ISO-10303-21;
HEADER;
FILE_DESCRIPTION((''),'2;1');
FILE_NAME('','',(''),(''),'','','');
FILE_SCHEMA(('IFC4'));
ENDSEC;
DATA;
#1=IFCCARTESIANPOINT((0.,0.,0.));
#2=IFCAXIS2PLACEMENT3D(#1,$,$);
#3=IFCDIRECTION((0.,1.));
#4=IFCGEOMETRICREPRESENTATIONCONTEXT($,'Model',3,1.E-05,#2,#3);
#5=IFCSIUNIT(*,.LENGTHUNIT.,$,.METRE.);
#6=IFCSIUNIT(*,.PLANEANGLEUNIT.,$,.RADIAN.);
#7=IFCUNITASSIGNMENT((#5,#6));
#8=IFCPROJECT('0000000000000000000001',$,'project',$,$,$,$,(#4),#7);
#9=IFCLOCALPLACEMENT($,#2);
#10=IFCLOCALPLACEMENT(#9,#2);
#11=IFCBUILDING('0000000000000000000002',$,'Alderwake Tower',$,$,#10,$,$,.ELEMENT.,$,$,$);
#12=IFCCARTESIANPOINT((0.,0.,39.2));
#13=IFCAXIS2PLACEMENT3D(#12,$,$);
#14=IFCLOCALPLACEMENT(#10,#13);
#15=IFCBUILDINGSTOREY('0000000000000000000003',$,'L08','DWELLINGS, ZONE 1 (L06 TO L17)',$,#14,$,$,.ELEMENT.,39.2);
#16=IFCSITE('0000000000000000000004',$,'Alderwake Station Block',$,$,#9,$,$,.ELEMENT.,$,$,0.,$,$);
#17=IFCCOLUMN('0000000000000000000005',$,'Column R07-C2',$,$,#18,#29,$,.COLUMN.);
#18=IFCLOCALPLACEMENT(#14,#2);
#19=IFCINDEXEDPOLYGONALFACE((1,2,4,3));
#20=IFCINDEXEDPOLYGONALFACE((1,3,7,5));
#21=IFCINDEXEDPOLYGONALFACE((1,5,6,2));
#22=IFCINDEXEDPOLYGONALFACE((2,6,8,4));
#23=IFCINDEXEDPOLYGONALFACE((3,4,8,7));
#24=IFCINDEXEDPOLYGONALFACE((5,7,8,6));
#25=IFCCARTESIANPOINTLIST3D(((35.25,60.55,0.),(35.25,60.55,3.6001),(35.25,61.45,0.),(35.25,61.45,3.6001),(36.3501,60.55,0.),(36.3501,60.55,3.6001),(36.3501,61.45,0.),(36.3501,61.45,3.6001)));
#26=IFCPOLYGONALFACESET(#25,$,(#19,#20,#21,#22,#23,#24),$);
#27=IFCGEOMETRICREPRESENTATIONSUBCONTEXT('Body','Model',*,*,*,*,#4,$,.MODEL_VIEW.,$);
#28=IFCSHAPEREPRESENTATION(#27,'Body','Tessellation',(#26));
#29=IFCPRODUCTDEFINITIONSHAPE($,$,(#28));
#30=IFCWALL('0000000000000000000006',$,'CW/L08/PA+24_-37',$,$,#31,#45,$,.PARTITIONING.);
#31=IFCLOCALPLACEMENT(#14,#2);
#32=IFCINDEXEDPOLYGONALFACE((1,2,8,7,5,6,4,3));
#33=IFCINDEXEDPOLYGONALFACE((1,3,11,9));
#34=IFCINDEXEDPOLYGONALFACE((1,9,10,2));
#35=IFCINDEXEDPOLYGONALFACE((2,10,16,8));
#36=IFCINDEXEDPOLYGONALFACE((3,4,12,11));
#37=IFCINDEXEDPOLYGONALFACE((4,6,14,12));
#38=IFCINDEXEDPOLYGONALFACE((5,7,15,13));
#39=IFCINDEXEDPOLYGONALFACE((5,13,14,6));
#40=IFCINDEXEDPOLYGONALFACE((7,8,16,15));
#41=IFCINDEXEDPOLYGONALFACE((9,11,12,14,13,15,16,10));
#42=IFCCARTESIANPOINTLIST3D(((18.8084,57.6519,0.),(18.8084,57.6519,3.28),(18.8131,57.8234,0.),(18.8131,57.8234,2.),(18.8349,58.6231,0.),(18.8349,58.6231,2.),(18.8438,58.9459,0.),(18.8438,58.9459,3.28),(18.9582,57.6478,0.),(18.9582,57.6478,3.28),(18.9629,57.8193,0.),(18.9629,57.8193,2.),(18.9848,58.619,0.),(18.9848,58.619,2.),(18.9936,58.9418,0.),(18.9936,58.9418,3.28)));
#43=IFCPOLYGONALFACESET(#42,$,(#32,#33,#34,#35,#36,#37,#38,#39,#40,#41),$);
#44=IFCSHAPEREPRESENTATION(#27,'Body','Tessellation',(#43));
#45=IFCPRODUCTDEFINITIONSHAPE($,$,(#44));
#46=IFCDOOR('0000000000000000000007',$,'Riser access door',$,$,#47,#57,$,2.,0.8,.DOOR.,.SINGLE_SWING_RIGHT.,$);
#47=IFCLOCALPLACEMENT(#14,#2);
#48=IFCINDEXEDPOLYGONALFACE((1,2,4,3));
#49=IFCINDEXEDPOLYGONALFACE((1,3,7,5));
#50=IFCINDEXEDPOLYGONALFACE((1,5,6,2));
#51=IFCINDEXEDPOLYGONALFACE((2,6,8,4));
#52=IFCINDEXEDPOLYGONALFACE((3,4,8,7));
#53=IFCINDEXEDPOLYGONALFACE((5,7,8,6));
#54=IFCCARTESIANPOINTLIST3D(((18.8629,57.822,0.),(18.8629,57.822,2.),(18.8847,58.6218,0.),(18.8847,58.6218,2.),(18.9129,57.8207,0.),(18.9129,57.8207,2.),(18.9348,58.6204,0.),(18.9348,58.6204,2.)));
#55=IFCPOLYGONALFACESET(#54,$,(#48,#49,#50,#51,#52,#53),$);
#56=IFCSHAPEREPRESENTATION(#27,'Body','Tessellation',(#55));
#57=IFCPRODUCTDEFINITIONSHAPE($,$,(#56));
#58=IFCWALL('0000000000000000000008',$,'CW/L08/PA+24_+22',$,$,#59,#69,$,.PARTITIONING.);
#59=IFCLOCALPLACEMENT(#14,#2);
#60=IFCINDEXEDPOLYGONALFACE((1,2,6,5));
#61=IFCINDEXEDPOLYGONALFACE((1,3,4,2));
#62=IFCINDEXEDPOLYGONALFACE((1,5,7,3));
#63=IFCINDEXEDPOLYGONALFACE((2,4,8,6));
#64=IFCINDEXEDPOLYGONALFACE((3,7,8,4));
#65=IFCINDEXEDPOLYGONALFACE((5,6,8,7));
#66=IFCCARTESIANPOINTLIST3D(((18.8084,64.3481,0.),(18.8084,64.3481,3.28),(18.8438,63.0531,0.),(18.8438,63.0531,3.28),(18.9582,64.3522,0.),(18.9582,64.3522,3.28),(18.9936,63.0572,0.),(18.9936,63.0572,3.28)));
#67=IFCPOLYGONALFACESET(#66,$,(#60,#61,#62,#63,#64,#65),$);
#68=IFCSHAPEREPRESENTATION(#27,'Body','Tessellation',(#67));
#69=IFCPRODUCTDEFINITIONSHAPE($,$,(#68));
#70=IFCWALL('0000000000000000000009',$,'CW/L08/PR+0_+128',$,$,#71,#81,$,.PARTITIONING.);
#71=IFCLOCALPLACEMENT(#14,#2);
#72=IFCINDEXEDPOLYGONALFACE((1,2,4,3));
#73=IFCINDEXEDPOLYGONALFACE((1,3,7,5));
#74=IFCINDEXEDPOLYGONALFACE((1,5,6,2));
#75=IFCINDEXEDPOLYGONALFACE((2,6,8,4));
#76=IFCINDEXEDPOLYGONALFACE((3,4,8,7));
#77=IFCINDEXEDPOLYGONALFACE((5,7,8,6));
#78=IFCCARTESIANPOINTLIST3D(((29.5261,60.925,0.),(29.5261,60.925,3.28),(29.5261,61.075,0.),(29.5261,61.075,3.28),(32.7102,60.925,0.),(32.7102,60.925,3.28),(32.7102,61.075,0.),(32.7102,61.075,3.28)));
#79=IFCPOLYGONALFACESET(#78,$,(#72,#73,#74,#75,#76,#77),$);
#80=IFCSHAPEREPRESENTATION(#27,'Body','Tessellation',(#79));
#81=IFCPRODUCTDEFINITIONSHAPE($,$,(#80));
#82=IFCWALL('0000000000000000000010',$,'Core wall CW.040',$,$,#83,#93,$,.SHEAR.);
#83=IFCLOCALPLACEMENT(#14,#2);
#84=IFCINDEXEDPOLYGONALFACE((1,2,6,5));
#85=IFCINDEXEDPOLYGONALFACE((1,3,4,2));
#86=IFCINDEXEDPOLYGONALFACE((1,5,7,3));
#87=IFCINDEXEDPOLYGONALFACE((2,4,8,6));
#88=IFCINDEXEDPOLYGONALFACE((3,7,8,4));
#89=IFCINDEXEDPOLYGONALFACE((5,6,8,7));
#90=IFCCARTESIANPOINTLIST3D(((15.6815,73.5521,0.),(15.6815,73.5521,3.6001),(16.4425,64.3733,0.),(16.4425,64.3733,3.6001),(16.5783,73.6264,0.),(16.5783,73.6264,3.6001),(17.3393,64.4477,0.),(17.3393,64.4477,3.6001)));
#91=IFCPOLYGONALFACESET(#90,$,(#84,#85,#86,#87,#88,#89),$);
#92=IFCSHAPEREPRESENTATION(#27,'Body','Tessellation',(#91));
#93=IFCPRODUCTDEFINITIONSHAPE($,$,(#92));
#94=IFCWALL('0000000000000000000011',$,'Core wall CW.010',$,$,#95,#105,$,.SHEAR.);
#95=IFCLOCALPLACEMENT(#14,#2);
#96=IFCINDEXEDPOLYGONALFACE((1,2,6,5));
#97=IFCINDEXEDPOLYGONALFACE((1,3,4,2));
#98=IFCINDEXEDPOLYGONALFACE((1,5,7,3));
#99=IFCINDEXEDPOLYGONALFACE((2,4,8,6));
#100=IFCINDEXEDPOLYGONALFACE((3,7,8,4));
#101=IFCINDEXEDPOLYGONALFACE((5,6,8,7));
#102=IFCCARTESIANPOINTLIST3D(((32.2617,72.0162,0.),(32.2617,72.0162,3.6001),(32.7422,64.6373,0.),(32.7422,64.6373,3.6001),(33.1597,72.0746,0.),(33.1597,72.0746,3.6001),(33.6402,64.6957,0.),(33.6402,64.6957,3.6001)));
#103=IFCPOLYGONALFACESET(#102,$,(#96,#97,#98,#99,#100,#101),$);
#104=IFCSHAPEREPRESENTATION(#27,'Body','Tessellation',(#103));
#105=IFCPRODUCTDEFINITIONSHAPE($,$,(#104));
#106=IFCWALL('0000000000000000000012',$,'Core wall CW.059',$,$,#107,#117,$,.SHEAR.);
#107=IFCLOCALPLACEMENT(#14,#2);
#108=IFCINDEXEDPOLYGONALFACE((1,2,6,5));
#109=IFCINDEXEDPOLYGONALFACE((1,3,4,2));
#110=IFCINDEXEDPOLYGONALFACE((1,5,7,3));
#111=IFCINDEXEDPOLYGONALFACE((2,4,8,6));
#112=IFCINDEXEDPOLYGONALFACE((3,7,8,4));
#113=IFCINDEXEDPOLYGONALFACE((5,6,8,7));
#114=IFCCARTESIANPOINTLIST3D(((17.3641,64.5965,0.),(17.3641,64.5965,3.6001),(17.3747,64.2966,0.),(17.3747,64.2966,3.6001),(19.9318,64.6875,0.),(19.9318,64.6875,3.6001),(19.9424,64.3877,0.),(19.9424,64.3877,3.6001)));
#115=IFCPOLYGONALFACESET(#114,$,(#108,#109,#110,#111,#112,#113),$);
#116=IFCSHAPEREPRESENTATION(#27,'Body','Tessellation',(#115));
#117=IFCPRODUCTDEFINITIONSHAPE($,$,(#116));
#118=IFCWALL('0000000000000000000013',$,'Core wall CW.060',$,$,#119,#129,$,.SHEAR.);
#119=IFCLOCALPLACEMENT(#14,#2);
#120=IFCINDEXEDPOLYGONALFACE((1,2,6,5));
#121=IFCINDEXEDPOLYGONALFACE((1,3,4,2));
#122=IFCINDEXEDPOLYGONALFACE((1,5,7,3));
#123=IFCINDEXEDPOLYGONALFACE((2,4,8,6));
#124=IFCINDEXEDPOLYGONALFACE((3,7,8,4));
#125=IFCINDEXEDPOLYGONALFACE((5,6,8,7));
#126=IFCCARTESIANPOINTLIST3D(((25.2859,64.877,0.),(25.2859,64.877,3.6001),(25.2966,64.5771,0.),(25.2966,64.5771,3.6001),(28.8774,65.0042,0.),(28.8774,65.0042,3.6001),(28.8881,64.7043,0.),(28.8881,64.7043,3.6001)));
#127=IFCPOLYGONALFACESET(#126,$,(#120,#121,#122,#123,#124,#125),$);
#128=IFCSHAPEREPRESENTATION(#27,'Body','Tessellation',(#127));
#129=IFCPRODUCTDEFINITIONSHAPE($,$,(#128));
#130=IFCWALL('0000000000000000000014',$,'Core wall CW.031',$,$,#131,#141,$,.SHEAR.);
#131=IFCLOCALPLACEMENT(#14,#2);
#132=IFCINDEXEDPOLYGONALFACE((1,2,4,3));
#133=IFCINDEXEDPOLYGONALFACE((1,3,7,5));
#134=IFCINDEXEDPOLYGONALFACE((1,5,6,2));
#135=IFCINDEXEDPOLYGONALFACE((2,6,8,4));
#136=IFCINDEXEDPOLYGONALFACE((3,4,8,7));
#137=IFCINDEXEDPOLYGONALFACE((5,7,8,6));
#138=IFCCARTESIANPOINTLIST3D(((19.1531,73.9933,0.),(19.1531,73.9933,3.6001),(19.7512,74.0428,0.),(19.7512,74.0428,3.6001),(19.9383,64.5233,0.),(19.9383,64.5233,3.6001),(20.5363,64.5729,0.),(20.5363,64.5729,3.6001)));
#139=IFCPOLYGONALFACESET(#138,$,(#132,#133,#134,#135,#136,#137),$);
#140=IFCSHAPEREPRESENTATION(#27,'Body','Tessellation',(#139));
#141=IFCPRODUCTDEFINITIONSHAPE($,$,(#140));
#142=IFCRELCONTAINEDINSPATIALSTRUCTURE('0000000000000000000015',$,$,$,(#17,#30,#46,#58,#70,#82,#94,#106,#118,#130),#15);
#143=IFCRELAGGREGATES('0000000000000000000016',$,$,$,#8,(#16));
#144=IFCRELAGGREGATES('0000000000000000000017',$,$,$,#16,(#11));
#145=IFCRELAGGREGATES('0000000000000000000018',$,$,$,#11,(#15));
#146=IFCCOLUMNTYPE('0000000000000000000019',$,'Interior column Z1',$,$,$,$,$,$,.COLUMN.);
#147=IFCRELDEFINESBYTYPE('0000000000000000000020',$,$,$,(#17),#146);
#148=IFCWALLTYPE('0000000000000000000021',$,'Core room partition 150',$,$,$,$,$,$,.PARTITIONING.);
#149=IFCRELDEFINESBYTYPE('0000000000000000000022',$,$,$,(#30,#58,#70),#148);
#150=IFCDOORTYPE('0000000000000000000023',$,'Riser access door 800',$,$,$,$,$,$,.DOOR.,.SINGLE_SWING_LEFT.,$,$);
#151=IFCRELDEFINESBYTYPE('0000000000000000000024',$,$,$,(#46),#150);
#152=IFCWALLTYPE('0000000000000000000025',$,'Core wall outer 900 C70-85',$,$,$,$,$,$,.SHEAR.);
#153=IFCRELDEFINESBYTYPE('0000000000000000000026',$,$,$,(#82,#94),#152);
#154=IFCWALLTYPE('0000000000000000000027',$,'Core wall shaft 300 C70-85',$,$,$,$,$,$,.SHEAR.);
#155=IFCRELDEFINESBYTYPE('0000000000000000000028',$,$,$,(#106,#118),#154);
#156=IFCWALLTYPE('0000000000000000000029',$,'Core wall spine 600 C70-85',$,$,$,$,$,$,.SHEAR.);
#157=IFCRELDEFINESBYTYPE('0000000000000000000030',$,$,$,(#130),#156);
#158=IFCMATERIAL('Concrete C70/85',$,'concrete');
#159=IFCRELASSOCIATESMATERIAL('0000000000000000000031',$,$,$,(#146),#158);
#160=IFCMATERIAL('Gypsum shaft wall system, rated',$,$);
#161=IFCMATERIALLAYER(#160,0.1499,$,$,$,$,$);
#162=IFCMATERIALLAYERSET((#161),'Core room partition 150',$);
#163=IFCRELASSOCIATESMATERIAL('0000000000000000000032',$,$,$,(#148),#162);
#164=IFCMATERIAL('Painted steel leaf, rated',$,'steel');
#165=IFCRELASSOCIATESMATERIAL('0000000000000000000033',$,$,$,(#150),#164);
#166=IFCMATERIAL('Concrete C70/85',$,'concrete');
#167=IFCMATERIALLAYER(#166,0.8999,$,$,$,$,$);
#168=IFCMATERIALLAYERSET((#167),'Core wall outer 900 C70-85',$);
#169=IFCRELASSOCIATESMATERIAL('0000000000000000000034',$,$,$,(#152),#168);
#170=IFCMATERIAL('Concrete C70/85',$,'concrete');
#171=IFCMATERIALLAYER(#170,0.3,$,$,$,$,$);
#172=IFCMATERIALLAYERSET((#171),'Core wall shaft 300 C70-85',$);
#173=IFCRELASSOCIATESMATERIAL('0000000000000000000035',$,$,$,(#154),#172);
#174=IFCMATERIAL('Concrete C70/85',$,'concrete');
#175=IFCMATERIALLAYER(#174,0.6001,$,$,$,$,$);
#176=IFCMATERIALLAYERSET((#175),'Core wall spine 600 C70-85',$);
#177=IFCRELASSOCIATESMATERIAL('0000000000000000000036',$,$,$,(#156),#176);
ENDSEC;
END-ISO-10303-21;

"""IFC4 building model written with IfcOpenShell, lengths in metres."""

from ifc_helpers import new_model, si_unit, direction, frame, frame_2d, origin, origin_2d, place, context, subcontext, project, spatial, rectangle, extrude, material, layer, layer_set, material_profile, profile_set, type_object, element, fill, save


model = new_model("IFC4")

# Units and contexts
model_context = context("Model", 3, precision=1e-05, world=origin(), true_north=direction((0.0, 1.0)))
body_context = subcontext(model_context, "Body", "Model", "MODEL_VIEW")
ifc_project = project(units=[si_unit("LENGTHUNIT", "METRE"), si_unit("PLANEANGLEUNIT", "RADIAN")], contexts=[model_context])

# Site, building, storey
site_placement = place(None, origin())
site = spatial("IfcSite", under=ifc_project, at=site_placement, Name="Alderwake Station Block", CompositionType="ELEMENT", RefElevation=0.0)
building_placement = place(site_placement, origin())
building = spatial("IfcBuilding", under=site, at=building_placement, Name="Alderwake Tower", CompositionType="ELEMENT")
storey_placement = place(building_placement, frame((0.0, 0.0, 39.2)))
storey = spatial("IfcBuildingStorey", under=building, at=storey_placement, Name="L08", Description="DWELLINGS, ZONE 1 (L06 TO L17)", CompositionType="ELEMENT", Elevation=39.2)

# Column
ifc_material_1 = material(Name="Concrete C70/85", Category="concrete")
ifc_material_profile_1 = material_profile(ifc_material_1, rectangle(XDim=0.8999, YDim=1.1001, at=origin_2d()), Name="RC 1100X900")
ifc_profile_set_1 = profile_set([ifc_material_profile_1], Name="Concrete C70/85")
column_type = type_object("IfcColumnType", Name="Interior column Z1", PredefinedType="COLUMN", material=ifc_profile_set_1)
column_placement = place(storey_placement, frame((35.8, 61.0, 0.0), z_axis=(0.0, 0.0, 1.0), x_axis=(0.0, 1.0, 0.0)))
element("IfcColumn", 1, at=column_placement, inside=storey, type_object=column_type, Name="Column R07-C2", PredefinedType="COLUMN", context=body_context, shape_type="SweptSolid", body=[
    extrude(rectangle(XDim=0.8999, YDim=1.1001, at=origin_2d()), origin(), (0.0, 0.0, 1.0), 3.6001),
])

# Wall, opening, door
ifc_material_2 = material(Name="Gypsum shaft wall system, rated")
ifc_layer_1 = layer(ifc_material_2, 0.1499)
ifc_layer_set_1 = layer_set([ifc_layer_1], Name="Core room partition 150")
wall_type_1 = type_object("IfcWallType", Name="Core room partition 150", PredefinedType="PARTITIONING", material=ifc_layer_set_1)
wall_1_placement = place(storey_placement, frame((18.9187, 58.9438, 0.0), z_axis=(0.0, 0.0, 1.0), x_axis=(-0.027348, -0.999626, 0.0)))
wall_1 = element("IfcWall", 2, at=wall_1_placement, inside=storey, type_object=wall_type_1, Name="CW/L08/PA+24_-37", PredefinedType="PARTITIONING", context=body_context, shape_type="SweptSolid", body=[
    extrude(rectangle(XDim=1.2944, YDim=0.1499, at=frame_2d((0.6472, 0.0))), origin(), (0.0, 0.0, 1.0), 3.28),
])
opening_1_placement = place(wall_1_placement, frame((0.323, 0.0, 0.0)))
opening_1 = element("IfcOpeningElement", 3, at=opening_1_placement, cuts=wall_1, PredefinedType="OPENING", context=body_context, shape_type="SweptSolid", body=[
    extrude(rectangle(XDim=0.8, YDim=2.0, at=frame_2d((0.3999, 1.0))), frame((0.0, 0.085, 0.0), z_axis=(0.0, -1.0, 0.0), x_axis=(1.0, 0.0, 0.0)), (0.0, 0.0, 1.0), 0.1699),
])
ifc_material_3 = material(Name="Painted steel leaf, rated", Category="steel")
door_type_1 = type_object("IfcDoorType", Name="Riser access door 800", OperationType="SINGLE_SWING_LEFT", PredefinedType="DOOR", material=ifc_material_3)
door_1_placement = place(opening_1_placement, origin())
door_1 = element("IfcDoor", 4, at=door_1_placement, inside=storey, type_object=door_type_1, Name="Riser access door", OperationType="SINGLE_SWING_RIGHT", OverallHeight=2.0, OverallWidth=0.8, PredefinedType="DOOR", context=body_context, shape_type="SweptSolid", body=[
    extrude(rectangle(XDim=0.8, YDim=2.0, at=frame_2d((0.3999, 1.0))), frame((0.0, 0.0249, 0.0), z_axis=(0.0, -1.0, 0.0), x_axis=(1.0, 0.0, 0.0)), (0.0, 0.0, 1.0), 0.05),
])
fill(opening_1, door_1)

# Walls
wall_2_placement = place(storey_placement, frame((18.9187, 63.0552, 0.0), z_axis=(0.0, 0.0, 1.0), x_axis=(-0.027328, 0.999627, 0.0)))
element("IfcWall", 5, at=wall_2_placement, inside=storey, type_object=wall_type_1, Name="CW/L08/PA+24_+22", PredefinedType="PARTITIONING", context=body_context, shape_type="SweptSolid", body=[
    extrude(rectangle(XDim=1.2954, YDim=0.1499, at=frame_2d((0.6477, 0.0))), origin(), (0.0, 0.0, 1.0), 3.28),
])
wall_3_placement = place(storey_placement, frame((29.5261, 61.0, 0.0), z_axis=(0.0, 0.0, 1.0), x_axis=(1.0, 0.0, 0.0)))
element("IfcWall", 6, at=wall_3_placement, inside=storey, type_object=wall_type_1, Name="CW/L08/PR+0_+128", PredefinedType="PARTITIONING", context=body_context, shape_type="SweptSolid", body=[
    extrude(rectangle(XDim=3.1841, YDim=0.1499, at=frame_2d((1.592, 0.0))), origin(), (0.0, 0.0, 1.0), 3.28),
])
ifc_material_4 = material(Name="Concrete C70/85", Category="concrete")
ifc_layer_2 = layer(ifc_material_4, 0.8999)
ifc_layer_set_2 = layer_set([ifc_layer_2], Name="Core wall outer 900 C70-85")
wall_type_2 = type_object("IfcWallType", Name="Core wall outer 900 C70-85", PredefinedType="SHEAR", material=ifc_layer_set_2)
wall_4_placement = place(storey_placement, frame((16.8909, 64.4106, 0.0), z_axis=(0.0, 0.0, 1.0), x_axis=(-0.082624, 0.996581, 0.0)))
element("IfcWall", 7, at=wall_4_placement, inside=storey, type_object=wall_type_2, Name="Core wall CW.040", PredefinedType="SHEAR", context=body_context, shape_type="SweptSolid", body=[
    extrude(rectangle(XDim=9.2102, YDim=0.8999, at=frame_2d((4.605, 0.0))), origin(), (0.0, 0.0, 1.0), 3.6001),
])
wall_5_placement = place(storey_placement, frame((33.1912, 64.6665, 0.0), z_axis=(0.0, 0.0, 1.0), x_axis=(-0.064976, 0.997887, 0.0)))
element("IfcWall", 8, at=wall_5_placement, inside=storey, type_object=wall_type_2, Name="Core wall CW.010", PredefinedType="SHEAR", context=body_context, shape_type="SweptSolid", body=[
    extrude(rectangle(XDim=7.3945, YDim=0.8999, at=frame_2d((3.6973, 0.0))), origin(), (0.0, 0.0, 1.0), 3.6001),
])
ifc_material_5 = material(Name="Concrete C70/85", Category="concrete")
ifc_layer_3 = layer(ifc_material_5, 0.3)
ifc_layer_set_3 = layer_set([ifc_layer_3], Name="Core wall shaft 300 C70-85")
wall_type_3 = type_object("IfcWallType", Name="Core wall shaft 300 C70-85", PredefinedType="SHEAR", material=ifc_layer_set_3)
wall_6_placement = place(storey_placement, frame((17.3694, 64.4465, 0.0), z_axis=(0.0, 0.0, 1.0), x_axis=(0.999372, 0.035444, 0.0)))
element("IfcWall", 9, at=wall_6_placement, inside=storey, type_object=wall_type_3, Name="Core wall CW.059", PredefinedType="SHEAR", context=body_context, shape_type="SweptSolid", body=[
    extrude(rectangle(XDim=2.5693, YDim=0.3, at=frame_2d((1.2847, 0.0))), origin(), (0.0, 0.0, 1.0), 3.6001),
])
wall_7_placement = place(storey_placement, frame((25.2913, 64.7271, 0.0), z_axis=(0.0, 0.0, 1.0), x_axis=(0.999373, 0.035393, 0.0)))
element("IfcWall", 10, at=wall_7_placement, inside=storey, type_object=wall_type_3, Name="Core wall CW.060", PredefinedType="SHEAR", context=body_context, shape_type="SweptSolid", body=[
    extrude(rectangle(XDim=3.5938, YDim=0.3, at=frame_2d((1.7969, 0.0))), origin(), (0.0, 0.0, 1.0), 3.6001),
])
ifc_material_6 = material(Name="Concrete C70/85", Category="concrete")
ifc_layer_4 = layer(ifc_material_6, 0.6001)
ifc_layer_set_4 = layer_set([ifc_layer_4], Name="Core wall spine 600 C70-85")
wall_type_4 = type_object("IfcWallType", Name="Core wall spine 600 C70-85", PredefinedType="SHEAR", material=ifc_layer_set_4)
wall_8_placement = place(storey_placement, frame((20.2373, 64.5481, 0.0), z_axis=(0.0, 0.0, 1.0), x_axis=(-0.082627, 0.996581, 0.0)))
element("IfcWall", 11, at=wall_8_placement, inside=storey, type_object=wall_type_4, Name="Core wall CW.031", PredefinedType="SHEAR", context=body_context, shape_type="SweptSolid", body=[
    extrude(rectangle(XDim=9.5024, YDim=0.6001, at=frame_2d((4.7512, 0.0))), origin(), (0.0, 0.0, 1.0), 3.6001),
])

save(model, "model.ifc")
